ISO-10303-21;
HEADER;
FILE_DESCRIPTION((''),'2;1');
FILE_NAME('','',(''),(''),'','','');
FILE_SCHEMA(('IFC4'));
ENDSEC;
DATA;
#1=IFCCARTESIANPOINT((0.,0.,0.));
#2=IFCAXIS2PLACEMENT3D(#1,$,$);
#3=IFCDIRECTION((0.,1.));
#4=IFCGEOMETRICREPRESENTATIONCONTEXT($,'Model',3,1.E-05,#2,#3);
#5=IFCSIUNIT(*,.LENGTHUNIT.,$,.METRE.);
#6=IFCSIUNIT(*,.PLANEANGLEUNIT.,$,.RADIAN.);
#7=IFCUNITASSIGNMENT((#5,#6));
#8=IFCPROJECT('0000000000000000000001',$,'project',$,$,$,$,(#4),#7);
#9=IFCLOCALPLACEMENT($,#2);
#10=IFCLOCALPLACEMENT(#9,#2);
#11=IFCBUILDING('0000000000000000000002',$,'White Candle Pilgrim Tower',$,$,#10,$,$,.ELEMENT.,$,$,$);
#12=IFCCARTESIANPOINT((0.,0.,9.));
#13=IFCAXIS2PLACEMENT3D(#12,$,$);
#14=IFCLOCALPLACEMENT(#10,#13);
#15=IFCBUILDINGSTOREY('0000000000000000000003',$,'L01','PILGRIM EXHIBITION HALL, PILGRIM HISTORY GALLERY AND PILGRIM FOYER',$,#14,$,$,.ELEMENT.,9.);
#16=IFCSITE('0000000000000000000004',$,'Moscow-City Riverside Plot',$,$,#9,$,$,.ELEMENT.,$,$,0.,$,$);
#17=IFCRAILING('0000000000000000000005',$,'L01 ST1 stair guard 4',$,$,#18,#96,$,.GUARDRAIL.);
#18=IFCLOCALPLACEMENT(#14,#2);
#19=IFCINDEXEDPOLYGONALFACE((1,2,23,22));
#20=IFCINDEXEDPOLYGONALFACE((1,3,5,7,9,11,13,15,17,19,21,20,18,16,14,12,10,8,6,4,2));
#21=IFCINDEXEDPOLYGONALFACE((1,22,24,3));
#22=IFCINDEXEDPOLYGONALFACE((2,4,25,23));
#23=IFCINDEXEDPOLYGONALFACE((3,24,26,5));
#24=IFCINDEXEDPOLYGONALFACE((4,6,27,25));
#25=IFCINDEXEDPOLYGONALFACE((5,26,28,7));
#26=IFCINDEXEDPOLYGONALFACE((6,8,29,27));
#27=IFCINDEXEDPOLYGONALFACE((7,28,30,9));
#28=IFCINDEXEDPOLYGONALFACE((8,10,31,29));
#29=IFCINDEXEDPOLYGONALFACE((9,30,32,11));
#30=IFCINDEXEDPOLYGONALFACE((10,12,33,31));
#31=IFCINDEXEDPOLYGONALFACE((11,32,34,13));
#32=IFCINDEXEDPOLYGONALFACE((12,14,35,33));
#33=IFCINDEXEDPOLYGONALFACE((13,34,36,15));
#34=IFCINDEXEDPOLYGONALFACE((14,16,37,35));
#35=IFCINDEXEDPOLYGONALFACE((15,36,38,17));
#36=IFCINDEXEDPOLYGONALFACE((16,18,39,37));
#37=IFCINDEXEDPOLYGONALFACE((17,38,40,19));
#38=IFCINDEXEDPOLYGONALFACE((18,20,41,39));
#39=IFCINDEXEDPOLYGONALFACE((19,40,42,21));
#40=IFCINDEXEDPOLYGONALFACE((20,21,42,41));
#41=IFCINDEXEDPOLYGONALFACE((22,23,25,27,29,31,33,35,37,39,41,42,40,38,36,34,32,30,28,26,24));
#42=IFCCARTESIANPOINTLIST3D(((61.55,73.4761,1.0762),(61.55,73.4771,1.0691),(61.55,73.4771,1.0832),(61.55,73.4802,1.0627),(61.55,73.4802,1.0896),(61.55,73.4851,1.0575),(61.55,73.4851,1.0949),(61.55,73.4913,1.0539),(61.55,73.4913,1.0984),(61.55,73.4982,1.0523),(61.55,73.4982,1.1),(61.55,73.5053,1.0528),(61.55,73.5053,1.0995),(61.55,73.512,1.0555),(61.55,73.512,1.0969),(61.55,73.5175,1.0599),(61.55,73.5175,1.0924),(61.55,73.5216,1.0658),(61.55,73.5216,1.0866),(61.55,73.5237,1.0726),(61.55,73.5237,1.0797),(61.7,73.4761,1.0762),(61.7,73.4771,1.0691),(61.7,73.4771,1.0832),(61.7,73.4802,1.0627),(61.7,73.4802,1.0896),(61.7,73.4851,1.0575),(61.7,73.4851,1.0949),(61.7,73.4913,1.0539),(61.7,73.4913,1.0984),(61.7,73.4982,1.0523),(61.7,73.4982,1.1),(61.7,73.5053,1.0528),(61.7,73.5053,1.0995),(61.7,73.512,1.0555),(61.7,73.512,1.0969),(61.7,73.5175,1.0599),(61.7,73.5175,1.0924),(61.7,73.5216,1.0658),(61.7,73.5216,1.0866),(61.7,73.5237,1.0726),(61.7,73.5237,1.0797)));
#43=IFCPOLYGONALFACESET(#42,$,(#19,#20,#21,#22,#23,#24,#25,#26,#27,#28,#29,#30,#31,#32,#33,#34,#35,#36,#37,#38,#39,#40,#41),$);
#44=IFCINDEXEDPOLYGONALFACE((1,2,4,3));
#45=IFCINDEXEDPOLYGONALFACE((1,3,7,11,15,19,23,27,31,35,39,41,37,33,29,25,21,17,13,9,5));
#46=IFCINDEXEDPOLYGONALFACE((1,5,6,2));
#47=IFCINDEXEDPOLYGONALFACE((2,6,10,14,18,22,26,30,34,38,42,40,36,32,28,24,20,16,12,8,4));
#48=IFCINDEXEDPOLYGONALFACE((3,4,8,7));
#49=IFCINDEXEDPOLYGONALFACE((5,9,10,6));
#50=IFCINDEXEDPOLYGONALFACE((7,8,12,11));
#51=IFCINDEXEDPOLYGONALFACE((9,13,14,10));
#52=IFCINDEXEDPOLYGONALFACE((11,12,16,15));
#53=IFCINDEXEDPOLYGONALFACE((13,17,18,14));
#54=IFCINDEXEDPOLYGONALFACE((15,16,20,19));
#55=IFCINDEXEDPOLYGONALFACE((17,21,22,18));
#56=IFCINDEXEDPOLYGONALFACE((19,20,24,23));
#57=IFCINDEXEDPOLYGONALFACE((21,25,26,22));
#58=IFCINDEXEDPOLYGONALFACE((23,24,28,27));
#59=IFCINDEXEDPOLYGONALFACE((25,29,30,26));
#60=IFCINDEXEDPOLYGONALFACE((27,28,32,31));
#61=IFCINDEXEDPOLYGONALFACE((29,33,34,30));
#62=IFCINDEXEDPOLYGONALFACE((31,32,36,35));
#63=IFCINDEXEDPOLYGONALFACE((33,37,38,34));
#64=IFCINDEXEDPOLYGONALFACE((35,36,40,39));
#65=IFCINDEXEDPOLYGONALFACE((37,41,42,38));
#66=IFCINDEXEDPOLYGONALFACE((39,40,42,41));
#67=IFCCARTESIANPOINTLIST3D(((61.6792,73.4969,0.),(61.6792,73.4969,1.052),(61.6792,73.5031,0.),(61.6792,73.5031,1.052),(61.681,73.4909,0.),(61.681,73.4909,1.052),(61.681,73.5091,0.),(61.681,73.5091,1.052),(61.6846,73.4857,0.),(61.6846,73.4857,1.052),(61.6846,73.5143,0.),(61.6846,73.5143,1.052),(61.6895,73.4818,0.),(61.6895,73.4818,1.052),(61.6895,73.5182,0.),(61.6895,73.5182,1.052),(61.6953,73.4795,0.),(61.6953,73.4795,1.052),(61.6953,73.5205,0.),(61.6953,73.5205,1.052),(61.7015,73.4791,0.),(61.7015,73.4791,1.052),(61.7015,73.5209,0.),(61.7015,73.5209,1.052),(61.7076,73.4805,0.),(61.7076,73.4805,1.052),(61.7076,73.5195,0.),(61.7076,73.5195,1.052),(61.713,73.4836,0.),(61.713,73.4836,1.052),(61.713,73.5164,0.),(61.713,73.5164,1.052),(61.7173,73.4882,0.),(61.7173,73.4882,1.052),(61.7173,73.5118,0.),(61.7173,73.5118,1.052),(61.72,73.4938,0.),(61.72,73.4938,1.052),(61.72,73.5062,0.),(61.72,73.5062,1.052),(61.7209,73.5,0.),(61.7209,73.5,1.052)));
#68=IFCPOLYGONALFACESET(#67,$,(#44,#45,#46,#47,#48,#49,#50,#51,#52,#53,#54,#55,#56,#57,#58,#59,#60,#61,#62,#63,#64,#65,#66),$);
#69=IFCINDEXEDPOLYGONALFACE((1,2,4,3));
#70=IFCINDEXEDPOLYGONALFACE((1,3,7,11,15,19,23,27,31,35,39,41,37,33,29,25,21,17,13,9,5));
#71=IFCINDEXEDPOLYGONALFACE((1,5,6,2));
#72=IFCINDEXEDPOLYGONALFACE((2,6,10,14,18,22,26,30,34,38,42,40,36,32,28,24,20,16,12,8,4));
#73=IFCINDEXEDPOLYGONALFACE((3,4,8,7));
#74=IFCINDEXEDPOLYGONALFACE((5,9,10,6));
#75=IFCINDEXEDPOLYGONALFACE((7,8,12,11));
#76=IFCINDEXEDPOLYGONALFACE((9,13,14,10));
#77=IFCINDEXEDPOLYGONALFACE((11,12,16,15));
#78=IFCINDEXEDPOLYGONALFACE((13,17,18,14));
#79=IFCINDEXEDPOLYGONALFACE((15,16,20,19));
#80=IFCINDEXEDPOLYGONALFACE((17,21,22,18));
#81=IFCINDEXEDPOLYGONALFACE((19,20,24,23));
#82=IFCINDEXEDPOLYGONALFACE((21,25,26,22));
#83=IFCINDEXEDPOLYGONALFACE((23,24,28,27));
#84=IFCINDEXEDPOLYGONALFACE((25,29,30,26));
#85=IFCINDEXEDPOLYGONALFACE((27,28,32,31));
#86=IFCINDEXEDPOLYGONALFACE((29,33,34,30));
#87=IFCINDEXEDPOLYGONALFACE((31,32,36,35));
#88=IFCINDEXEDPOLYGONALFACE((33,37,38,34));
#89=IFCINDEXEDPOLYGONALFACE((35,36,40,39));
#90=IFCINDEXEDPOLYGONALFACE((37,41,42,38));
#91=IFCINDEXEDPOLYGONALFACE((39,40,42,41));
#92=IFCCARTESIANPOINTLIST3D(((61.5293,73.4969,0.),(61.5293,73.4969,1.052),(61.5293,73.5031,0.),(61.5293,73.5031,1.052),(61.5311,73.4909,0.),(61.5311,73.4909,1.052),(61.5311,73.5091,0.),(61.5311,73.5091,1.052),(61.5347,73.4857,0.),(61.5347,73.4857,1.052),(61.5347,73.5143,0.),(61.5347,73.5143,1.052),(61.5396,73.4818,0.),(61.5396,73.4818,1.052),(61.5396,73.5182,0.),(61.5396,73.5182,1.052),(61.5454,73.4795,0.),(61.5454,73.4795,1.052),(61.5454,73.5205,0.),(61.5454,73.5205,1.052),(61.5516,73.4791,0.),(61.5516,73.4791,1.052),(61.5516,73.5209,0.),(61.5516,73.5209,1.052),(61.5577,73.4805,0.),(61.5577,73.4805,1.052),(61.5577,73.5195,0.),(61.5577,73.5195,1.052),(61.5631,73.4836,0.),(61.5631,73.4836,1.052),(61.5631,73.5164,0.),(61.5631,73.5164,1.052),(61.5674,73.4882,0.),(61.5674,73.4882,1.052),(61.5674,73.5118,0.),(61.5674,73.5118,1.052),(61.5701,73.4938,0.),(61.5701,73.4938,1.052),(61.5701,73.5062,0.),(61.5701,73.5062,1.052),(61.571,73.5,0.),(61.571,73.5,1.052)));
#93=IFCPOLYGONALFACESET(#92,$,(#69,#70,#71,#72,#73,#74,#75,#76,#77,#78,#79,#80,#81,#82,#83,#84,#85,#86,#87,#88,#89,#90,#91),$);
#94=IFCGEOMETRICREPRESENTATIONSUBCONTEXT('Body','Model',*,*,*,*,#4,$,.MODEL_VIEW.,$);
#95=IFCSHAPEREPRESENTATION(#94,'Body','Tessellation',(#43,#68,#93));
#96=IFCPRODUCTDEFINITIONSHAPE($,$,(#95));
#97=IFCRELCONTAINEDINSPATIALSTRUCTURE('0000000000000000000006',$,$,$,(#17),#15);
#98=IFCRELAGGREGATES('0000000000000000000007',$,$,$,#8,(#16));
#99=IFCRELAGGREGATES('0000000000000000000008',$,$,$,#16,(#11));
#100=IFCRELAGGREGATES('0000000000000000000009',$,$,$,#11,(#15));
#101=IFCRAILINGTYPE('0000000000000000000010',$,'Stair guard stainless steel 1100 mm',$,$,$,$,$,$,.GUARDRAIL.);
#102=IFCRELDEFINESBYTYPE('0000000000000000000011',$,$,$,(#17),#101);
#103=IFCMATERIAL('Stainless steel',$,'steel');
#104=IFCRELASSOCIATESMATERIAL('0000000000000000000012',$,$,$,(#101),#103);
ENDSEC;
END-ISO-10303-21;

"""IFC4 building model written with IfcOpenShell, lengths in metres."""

from ifc_helpers import new_model, si_unit, direction, frame, origin, origin_2d, place, context, subcontext, project, spatial, circle, extrude, material, type_object, element, save


model = new_model("IFC4")

# Units and contexts
model_context = context("Model", 3, precision=1e-05, world=origin(), true_north=direction((0.0, 1.0)))
body_context = subcontext(model_context, "Body", "Model", "MODEL_VIEW")
ifc_project = project(units=[si_unit("LENGTHUNIT", "METRE"), si_unit("PLANEANGLEUNIT", "RADIAN")], contexts=[model_context])

# Site, building, storey
site_placement = place(None, origin())
site = spatial("IfcSite", under=ifc_project, at=site_placement, Name="Moscow-City Riverside Plot", CompositionType="ELEMENT", RefElevation=0.0)
building_placement = place(site_placement, origin())
building = spatial("IfcBuilding", under=site, at=building_placement, Name="White Candle Pilgrim Tower", CompositionType="ELEMENT")
storey_placement = place(building_placement, frame((0.0, 0.0, 9.0)))
storey = spatial("IfcBuildingStorey", under=building, at=storey_placement, Name="L01", Description="PILGRIM EXHIBITION HALL, PILGRIM HISTORY GALLERY AND PILGRIM FOYER", CompositionType="ELEMENT", Elevation=9.0)

# Shared definitions
ifc_material_1 = material(Name="Stainless steel", Category="steel")

# Railing
railing_type = type_object("IfcRailingType", Name="Stair guard stainless steel 1100 mm", PredefinedType="GUARDRAIL", material=ifc_material_1)
railing_1_placement = place(storey_placement, frame((61.7, 73.5, 0.0)))
element("IfcRailing", 1, at=railing_1_placement, inside=storey, type_object=railing_type, Name="L01 ST1 stair guard 4", PredefinedType="GUARDRAIL", context=body_context, shape_type="SweptSolid", body=[
    extrude(circle(Radius=0.0239, at=origin_2d()), frame((0.0, 0.0, 1.0762), z_axis=(-1.0, 0.0, 0.0), x_axis=(0.0, -1.0, 0.0)), (0.0, 0.0, 1.0), 0.1499),
    extrude(circle(Radius=0.021, at=origin_2d()), origin(), (0.0, 0.0, 1.0), 1.052),
    extrude(circle(Radius=0.021, at=origin_2d()), frame((-0.1499, 0.0, 0.0)), (0.0, 0.0, 1.0), 1.052),
])

save(model, "model.ifc")
